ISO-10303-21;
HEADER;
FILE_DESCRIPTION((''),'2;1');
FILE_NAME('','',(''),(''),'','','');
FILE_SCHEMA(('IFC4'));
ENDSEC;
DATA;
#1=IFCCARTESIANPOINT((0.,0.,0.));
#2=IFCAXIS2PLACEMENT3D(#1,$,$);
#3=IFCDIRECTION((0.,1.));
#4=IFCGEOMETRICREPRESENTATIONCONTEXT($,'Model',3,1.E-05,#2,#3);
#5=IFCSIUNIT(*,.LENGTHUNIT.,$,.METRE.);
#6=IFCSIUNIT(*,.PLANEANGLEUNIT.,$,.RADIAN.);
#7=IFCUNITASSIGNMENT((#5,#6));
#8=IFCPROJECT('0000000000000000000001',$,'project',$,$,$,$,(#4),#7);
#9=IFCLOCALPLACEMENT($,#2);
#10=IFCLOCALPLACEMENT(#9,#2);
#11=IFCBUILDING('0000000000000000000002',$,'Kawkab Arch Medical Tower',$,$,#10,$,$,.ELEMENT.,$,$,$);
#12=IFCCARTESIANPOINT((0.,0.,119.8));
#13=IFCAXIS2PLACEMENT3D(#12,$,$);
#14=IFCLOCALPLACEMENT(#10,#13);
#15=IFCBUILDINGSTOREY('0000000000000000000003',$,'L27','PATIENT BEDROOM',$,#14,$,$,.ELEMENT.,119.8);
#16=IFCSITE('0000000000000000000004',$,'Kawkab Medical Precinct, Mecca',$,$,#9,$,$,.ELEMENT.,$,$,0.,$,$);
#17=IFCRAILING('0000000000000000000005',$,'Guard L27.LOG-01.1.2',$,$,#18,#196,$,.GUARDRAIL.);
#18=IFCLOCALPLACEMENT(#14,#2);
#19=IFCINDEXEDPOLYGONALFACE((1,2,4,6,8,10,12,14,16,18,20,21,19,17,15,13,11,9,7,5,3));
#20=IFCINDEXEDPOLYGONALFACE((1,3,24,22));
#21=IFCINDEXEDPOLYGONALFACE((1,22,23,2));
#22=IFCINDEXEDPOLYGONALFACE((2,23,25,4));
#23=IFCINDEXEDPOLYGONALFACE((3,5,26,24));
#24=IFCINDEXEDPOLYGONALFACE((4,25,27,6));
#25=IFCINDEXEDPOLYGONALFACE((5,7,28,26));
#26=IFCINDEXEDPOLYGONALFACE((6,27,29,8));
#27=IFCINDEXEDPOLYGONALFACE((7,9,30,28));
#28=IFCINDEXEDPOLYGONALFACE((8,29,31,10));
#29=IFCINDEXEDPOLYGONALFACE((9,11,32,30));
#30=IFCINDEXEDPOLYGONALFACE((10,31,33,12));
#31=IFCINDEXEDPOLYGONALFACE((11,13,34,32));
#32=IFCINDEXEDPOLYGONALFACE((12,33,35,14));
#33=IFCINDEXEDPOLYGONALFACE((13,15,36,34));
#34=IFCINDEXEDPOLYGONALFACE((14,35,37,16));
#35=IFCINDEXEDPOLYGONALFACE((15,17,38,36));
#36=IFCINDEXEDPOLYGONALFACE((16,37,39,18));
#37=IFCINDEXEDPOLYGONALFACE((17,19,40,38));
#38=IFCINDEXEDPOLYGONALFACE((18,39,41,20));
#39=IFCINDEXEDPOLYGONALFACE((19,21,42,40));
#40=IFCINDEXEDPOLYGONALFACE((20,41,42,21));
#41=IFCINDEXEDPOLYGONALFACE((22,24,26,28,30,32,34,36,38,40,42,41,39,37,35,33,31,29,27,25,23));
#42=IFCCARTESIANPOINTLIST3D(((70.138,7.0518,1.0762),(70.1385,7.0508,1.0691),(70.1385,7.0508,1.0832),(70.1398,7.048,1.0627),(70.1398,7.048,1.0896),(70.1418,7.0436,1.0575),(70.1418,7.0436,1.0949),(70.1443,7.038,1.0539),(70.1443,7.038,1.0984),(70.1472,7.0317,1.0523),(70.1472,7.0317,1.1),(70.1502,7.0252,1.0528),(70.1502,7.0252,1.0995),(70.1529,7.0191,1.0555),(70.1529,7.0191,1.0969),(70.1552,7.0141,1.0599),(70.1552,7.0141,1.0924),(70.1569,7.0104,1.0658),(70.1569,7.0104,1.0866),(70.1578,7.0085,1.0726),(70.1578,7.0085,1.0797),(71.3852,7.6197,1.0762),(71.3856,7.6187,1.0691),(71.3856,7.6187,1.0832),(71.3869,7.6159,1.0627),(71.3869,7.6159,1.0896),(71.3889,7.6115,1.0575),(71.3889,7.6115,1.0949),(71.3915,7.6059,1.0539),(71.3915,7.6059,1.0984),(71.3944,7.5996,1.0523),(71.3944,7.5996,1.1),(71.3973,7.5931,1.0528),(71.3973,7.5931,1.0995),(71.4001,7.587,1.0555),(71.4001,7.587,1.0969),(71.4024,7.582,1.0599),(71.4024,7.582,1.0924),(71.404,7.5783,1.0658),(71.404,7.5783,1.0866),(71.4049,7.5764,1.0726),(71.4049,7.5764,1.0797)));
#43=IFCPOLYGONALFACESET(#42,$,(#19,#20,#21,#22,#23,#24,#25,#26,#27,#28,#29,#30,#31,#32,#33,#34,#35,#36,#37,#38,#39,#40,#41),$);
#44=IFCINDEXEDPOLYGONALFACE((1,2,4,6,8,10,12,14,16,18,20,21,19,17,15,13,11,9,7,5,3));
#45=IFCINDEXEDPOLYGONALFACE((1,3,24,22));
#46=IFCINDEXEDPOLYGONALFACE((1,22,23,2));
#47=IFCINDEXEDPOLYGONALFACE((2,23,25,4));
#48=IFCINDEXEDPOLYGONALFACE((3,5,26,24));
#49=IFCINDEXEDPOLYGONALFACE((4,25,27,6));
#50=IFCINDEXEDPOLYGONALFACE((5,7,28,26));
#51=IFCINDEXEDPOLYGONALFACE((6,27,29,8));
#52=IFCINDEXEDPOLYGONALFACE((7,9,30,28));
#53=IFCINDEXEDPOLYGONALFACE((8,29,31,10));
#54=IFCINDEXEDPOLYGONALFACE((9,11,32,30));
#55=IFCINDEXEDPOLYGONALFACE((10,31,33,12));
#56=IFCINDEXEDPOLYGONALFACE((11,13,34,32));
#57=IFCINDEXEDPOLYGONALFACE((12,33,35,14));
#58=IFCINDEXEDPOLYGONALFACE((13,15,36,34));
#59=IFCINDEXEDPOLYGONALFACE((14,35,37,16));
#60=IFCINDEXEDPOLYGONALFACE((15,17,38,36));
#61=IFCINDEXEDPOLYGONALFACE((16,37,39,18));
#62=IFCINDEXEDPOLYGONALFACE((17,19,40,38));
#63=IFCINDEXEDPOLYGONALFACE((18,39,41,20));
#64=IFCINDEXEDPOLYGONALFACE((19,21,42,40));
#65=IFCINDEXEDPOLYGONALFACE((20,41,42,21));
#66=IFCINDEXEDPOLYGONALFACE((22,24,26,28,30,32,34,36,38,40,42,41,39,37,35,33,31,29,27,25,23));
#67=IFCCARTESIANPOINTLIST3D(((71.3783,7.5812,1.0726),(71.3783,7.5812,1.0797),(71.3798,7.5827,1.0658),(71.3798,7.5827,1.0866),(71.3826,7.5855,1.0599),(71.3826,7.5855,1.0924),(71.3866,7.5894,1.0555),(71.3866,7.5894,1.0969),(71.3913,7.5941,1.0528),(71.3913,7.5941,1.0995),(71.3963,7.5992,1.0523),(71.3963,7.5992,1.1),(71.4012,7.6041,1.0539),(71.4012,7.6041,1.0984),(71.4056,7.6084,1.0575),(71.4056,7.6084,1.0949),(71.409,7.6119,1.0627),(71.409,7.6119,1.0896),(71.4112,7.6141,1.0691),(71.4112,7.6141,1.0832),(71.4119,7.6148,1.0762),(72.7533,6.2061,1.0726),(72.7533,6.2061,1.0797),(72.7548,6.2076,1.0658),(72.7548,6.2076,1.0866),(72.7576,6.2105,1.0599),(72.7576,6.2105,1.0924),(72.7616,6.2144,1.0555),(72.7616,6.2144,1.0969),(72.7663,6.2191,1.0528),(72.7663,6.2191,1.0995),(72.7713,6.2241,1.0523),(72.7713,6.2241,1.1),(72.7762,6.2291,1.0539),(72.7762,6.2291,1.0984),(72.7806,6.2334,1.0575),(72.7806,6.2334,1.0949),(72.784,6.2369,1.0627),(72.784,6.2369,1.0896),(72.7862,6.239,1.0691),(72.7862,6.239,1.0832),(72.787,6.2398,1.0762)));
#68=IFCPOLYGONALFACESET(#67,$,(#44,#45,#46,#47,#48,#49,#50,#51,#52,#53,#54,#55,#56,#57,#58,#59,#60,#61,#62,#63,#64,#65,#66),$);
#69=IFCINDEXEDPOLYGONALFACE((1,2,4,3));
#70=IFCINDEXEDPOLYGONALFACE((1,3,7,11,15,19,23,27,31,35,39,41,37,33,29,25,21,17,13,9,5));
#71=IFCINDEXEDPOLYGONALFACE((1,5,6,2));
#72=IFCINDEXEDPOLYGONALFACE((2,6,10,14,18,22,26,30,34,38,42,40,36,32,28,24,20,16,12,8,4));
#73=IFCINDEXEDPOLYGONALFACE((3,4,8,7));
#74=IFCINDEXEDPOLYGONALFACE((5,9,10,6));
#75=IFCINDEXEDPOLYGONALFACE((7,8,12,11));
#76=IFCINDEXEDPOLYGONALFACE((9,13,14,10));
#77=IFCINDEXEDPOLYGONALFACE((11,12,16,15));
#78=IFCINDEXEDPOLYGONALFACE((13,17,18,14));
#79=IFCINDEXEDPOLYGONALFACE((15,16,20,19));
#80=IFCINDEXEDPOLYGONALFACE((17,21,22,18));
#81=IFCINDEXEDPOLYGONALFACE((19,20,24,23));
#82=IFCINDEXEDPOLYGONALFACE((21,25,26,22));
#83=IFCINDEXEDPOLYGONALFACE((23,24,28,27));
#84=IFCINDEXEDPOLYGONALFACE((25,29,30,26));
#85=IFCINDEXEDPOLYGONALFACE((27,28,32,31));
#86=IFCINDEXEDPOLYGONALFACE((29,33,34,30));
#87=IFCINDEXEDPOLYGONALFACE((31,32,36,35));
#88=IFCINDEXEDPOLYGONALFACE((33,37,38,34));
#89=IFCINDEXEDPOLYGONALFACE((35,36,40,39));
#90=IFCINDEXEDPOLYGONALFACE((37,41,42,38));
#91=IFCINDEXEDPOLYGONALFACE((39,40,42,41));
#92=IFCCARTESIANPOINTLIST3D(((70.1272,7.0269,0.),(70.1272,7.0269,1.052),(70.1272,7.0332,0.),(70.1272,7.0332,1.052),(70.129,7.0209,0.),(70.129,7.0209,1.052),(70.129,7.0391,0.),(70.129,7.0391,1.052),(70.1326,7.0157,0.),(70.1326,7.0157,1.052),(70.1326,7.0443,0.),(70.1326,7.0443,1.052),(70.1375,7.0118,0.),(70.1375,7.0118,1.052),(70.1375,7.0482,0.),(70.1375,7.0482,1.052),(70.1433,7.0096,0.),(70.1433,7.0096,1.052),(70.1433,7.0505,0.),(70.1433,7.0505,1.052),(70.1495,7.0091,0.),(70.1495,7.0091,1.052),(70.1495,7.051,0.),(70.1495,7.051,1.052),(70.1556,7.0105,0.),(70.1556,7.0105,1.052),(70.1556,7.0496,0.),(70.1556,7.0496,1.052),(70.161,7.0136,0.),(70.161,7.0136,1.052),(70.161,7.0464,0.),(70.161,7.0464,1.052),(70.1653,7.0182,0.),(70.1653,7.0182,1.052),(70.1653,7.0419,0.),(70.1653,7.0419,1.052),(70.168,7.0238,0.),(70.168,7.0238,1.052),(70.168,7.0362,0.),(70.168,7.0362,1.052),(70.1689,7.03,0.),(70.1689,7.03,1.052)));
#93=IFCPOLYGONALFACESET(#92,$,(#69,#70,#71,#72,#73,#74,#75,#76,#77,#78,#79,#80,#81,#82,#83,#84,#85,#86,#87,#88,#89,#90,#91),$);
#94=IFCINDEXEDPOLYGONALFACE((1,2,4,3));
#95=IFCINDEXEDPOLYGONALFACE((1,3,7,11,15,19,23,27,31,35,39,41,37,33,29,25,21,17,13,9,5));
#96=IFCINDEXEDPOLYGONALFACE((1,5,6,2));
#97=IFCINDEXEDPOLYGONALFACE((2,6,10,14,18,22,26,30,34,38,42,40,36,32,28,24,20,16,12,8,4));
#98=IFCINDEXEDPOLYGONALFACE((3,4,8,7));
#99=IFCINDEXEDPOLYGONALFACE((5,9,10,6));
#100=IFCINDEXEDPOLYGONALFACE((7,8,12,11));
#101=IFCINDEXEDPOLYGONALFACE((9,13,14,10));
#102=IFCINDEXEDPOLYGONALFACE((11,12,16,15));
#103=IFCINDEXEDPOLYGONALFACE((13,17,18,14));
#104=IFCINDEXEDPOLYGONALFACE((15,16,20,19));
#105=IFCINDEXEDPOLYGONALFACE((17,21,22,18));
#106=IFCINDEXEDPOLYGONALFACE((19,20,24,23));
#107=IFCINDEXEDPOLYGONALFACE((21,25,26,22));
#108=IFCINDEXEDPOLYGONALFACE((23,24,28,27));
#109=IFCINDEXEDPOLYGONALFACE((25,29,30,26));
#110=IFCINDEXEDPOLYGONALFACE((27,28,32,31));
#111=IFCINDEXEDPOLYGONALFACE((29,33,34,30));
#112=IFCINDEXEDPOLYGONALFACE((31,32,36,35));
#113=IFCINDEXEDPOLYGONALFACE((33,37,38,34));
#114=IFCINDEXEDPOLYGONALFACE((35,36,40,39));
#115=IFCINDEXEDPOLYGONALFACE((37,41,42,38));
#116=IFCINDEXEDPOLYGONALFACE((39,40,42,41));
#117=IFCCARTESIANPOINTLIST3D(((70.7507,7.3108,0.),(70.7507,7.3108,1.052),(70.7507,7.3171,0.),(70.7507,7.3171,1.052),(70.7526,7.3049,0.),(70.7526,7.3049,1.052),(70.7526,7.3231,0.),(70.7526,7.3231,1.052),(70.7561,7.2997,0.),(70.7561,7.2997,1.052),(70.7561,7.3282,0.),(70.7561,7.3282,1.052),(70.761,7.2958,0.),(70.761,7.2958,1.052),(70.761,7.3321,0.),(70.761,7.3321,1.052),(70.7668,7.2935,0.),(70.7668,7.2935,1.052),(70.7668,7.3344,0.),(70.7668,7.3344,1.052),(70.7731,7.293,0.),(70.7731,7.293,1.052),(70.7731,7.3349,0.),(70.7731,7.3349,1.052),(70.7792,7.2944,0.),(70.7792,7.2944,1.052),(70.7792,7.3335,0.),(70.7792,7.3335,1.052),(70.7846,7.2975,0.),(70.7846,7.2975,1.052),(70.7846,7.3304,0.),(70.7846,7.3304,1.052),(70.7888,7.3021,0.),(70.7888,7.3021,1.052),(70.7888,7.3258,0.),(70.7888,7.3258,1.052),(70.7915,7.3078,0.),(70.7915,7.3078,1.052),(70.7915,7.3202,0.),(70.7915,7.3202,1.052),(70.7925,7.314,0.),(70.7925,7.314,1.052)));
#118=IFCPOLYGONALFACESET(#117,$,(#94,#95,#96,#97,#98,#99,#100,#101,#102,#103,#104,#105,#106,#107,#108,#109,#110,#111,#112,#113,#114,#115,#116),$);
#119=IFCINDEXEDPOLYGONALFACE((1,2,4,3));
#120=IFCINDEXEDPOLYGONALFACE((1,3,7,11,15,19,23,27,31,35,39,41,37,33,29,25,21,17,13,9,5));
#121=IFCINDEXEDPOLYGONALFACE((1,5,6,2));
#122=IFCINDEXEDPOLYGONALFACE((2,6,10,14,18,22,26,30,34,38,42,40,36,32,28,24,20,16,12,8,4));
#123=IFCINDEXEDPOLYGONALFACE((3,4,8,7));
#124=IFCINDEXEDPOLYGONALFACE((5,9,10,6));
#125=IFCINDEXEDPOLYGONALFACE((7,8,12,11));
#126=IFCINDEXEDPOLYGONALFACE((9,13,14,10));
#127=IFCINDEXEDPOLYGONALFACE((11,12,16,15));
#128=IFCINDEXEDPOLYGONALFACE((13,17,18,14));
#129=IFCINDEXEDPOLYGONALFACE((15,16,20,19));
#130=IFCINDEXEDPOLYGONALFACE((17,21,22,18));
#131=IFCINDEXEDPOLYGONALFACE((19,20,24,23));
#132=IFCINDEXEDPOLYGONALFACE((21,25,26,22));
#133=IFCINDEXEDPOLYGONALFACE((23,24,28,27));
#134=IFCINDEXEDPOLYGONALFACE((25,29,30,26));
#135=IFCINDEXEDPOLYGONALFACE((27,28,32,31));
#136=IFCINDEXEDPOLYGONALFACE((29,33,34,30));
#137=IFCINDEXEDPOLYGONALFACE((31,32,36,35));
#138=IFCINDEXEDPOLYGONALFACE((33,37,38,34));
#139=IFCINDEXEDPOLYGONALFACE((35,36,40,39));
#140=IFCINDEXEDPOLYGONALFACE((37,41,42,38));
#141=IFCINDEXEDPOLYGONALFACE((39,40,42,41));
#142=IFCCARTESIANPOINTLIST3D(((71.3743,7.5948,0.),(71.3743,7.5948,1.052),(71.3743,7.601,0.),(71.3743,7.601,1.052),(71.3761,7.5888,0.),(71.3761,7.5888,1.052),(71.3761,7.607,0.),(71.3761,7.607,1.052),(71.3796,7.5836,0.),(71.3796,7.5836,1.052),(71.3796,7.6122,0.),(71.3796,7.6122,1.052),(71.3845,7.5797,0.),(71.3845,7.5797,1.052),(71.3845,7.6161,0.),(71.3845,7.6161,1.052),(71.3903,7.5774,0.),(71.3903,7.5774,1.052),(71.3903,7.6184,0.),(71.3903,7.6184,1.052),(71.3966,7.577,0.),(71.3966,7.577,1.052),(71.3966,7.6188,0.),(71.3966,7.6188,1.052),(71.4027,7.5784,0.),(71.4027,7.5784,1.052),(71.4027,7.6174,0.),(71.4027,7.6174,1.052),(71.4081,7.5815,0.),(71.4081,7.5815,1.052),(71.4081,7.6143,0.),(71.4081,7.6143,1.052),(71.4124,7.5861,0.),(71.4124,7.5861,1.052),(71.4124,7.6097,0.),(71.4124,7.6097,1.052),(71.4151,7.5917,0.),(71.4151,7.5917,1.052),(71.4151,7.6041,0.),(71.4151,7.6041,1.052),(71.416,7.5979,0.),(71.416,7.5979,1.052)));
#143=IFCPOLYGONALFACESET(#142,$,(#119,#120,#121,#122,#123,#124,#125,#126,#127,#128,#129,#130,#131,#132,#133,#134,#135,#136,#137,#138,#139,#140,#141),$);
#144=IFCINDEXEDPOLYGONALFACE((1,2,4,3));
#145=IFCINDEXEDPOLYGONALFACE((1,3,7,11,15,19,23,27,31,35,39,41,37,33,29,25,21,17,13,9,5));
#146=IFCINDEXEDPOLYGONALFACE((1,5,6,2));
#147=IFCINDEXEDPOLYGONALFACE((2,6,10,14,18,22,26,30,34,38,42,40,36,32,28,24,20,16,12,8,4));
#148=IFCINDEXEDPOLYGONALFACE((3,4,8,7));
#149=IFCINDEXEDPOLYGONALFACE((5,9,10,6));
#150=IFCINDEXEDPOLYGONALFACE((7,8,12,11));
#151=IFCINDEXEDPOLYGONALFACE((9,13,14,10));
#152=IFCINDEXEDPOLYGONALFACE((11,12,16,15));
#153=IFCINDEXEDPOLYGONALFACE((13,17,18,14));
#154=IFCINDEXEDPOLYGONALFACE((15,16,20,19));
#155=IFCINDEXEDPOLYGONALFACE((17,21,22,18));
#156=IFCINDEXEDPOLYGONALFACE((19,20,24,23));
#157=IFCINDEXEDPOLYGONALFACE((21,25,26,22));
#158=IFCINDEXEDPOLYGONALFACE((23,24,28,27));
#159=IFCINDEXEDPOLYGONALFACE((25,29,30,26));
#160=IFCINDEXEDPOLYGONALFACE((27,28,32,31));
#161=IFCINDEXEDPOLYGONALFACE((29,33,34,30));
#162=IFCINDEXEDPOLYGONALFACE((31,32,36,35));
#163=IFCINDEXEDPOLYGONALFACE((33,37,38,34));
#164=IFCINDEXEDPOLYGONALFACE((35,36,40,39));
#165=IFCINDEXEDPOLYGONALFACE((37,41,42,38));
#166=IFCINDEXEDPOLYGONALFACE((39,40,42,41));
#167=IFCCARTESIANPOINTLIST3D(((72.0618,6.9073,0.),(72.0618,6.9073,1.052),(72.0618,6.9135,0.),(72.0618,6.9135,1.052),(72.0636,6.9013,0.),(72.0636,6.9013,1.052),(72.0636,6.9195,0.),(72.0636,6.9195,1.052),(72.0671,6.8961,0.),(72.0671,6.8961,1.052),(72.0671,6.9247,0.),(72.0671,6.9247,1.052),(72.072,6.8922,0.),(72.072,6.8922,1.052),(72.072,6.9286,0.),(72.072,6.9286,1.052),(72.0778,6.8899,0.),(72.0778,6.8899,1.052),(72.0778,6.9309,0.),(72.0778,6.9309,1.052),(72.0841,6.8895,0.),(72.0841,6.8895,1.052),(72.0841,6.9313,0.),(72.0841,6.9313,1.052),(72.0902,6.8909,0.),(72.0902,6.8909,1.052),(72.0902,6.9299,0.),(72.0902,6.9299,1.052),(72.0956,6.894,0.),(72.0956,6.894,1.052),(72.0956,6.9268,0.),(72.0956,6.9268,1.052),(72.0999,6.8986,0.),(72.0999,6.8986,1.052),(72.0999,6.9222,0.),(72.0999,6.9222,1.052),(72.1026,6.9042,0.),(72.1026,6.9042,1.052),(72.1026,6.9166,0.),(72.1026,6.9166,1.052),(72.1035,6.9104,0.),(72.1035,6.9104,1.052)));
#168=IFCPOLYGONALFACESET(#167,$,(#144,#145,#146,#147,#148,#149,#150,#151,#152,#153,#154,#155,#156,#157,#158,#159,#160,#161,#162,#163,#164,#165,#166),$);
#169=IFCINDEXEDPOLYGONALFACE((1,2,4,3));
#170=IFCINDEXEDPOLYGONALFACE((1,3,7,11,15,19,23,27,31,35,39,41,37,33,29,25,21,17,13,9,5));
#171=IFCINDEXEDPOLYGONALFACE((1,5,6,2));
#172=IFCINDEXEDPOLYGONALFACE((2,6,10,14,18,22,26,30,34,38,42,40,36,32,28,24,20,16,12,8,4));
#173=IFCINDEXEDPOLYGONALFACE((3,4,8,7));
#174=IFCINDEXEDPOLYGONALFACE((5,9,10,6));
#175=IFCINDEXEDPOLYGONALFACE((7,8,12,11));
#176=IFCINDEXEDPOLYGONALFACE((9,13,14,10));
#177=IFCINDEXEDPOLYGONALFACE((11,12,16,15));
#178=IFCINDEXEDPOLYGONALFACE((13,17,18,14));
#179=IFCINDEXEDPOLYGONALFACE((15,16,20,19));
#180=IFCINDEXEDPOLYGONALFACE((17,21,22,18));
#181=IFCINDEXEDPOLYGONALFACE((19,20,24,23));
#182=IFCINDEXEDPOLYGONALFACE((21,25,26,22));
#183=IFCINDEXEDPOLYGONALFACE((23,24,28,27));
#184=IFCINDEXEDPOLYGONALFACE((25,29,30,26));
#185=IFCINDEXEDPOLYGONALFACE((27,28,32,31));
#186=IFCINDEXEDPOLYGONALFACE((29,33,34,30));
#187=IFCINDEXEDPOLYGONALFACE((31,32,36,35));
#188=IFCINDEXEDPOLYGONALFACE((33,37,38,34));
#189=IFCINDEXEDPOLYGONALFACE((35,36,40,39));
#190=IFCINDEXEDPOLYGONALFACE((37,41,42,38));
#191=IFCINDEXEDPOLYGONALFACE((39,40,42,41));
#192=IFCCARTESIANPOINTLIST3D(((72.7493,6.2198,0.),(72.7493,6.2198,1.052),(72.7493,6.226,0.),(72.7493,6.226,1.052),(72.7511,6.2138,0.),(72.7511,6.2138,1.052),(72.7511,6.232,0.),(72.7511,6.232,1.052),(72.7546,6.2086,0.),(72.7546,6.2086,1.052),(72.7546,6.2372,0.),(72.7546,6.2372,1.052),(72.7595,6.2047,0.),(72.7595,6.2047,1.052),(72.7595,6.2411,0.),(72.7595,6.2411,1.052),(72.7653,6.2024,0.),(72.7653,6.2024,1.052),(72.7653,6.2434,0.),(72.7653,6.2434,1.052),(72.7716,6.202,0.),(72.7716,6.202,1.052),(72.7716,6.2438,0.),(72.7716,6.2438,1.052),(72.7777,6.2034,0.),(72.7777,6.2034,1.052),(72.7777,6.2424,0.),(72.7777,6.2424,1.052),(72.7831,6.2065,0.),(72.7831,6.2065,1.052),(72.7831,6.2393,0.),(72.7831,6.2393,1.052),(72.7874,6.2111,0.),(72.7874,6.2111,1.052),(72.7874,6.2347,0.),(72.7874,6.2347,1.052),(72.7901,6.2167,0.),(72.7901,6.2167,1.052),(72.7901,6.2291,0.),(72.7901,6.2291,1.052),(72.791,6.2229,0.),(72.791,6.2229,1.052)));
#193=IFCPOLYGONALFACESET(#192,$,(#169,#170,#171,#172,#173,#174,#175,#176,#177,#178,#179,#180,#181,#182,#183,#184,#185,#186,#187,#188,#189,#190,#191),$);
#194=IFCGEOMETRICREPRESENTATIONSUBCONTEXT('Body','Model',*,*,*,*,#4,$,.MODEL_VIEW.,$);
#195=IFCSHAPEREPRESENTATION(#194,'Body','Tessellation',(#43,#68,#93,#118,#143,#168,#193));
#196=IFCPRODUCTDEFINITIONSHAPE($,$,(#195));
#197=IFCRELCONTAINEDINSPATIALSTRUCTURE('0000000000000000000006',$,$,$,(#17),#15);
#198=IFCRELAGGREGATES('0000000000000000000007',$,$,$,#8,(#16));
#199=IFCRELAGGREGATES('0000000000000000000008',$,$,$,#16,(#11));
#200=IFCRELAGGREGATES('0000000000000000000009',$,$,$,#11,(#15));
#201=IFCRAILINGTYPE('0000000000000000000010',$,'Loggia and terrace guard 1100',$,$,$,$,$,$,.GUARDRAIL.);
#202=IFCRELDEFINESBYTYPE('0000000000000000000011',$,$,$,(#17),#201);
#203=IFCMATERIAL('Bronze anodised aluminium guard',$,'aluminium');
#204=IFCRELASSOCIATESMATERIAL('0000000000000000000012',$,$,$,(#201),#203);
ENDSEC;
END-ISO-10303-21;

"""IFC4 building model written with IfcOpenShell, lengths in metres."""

from ifc_helpers import new_model, si_unit, direction, frame, origin, origin_2d, place, context, subcontext, project, spatial, circle, extrude, material, type_object, element, save


model = new_model("IFC4")

# Units and contexts
model_context = context("Model", 3, precision=1e-05, world=origin(), true_north=direction((0.0, 1.0)))
body_context = subcontext(model_context, "Body", "Model", "MODEL_VIEW")
ifc_project = project(units=[si_unit("LENGTHUNIT", "METRE"), si_unit("PLANEANGLEUNIT", "RADIAN")], contexts=[model_context])

# Site, building, storey
site_placement = place(None, origin())
site = spatial("IfcSite", under=ifc_project, at=site_placement, Name="Kawkab Medical Precinct, Mecca", CompositionType="ELEMENT", RefElevation=0.0)
building_placement = place(site_placement, origin())
building = spatial("IfcBuilding", under=site, at=building_placement, Name="Kawkab Arch Medical Tower", CompositionType="ELEMENT")
storey_placement = place(building_placement, frame((0.0, 0.0, 119.8)))
storey = spatial("IfcBuildingStorey", under=building, at=storey_placement, Name="L27", Description="PATIENT BEDROOM", CompositionType="ELEMENT", Elevation=119.8)

# Railing
ifc_material_1 = material(Name="Bronze anodised aluminium guard", Category="aluminium")
railing_type_1 = type_object("IfcRailingType", Name="Loggia and terrace guard 1100", PredefinedType="GUARDRAIL", material=ifc_material_1)
railing_1_placement = place(storey_placement, frame((70.1479, 7.03, 0.0)))
element("IfcRailing", 1, at=railing_1_placement, inside=storey, type_object=railing_type_1, Name="Guard L27.LOG-01.1.2", PredefinedType="GUARDRAIL", context=body_context, shape_type="SweptSolid", body=[
    extrude(circle(Radius=0.0239, at=origin_2d()), frame((0.0, 0.0, 1.0762), z_axis=(0.910086, 0.41442, 0.0), x_axis=(-0.41442, 0.910086, 0.0)), (0.0, 0.0, 1.0), 1.3704),
    extrude(circle(Radius=0.0239, at=origin_2d()), frame((1.2471, 0.5679, 1.0762), z_axis=(0.707107, -0.707107, 0.0), x_axis=(0.707107, 0.707107, 0.0)), (0.0, 0.0, 1.0), 1.9446),
    extrude(circle(Radius=0.021, at=origin_2d()), origin(), (0.0, 0.0, 1.0), 1.052),
    extrude(circle(Radius=0.021, at=origin_2d()), frame((0.6235, 0.2839, 0.0)), (0.0, 0.0, 1.0), 1.052),
    extrude(circle(Radius=0.021, at=origin_2d()), frame((1.2471, 0.5679, 0.0)), (0.0, 0.0, 1.0), 1.052),
    extrude(circle(Radius=0.021, at=origin_2d()), frame((1.9346, -0.1196, 0.0)), (0.0, 0.0, 1.0), 1.052),
    extrude(circle(Radius=0.021, at=origin_2d()), frame((2.6221, -0.8071, 0.0)), (0.0, 0.0, 1.0), 1.052),
])

save(model, "model.ifc")
